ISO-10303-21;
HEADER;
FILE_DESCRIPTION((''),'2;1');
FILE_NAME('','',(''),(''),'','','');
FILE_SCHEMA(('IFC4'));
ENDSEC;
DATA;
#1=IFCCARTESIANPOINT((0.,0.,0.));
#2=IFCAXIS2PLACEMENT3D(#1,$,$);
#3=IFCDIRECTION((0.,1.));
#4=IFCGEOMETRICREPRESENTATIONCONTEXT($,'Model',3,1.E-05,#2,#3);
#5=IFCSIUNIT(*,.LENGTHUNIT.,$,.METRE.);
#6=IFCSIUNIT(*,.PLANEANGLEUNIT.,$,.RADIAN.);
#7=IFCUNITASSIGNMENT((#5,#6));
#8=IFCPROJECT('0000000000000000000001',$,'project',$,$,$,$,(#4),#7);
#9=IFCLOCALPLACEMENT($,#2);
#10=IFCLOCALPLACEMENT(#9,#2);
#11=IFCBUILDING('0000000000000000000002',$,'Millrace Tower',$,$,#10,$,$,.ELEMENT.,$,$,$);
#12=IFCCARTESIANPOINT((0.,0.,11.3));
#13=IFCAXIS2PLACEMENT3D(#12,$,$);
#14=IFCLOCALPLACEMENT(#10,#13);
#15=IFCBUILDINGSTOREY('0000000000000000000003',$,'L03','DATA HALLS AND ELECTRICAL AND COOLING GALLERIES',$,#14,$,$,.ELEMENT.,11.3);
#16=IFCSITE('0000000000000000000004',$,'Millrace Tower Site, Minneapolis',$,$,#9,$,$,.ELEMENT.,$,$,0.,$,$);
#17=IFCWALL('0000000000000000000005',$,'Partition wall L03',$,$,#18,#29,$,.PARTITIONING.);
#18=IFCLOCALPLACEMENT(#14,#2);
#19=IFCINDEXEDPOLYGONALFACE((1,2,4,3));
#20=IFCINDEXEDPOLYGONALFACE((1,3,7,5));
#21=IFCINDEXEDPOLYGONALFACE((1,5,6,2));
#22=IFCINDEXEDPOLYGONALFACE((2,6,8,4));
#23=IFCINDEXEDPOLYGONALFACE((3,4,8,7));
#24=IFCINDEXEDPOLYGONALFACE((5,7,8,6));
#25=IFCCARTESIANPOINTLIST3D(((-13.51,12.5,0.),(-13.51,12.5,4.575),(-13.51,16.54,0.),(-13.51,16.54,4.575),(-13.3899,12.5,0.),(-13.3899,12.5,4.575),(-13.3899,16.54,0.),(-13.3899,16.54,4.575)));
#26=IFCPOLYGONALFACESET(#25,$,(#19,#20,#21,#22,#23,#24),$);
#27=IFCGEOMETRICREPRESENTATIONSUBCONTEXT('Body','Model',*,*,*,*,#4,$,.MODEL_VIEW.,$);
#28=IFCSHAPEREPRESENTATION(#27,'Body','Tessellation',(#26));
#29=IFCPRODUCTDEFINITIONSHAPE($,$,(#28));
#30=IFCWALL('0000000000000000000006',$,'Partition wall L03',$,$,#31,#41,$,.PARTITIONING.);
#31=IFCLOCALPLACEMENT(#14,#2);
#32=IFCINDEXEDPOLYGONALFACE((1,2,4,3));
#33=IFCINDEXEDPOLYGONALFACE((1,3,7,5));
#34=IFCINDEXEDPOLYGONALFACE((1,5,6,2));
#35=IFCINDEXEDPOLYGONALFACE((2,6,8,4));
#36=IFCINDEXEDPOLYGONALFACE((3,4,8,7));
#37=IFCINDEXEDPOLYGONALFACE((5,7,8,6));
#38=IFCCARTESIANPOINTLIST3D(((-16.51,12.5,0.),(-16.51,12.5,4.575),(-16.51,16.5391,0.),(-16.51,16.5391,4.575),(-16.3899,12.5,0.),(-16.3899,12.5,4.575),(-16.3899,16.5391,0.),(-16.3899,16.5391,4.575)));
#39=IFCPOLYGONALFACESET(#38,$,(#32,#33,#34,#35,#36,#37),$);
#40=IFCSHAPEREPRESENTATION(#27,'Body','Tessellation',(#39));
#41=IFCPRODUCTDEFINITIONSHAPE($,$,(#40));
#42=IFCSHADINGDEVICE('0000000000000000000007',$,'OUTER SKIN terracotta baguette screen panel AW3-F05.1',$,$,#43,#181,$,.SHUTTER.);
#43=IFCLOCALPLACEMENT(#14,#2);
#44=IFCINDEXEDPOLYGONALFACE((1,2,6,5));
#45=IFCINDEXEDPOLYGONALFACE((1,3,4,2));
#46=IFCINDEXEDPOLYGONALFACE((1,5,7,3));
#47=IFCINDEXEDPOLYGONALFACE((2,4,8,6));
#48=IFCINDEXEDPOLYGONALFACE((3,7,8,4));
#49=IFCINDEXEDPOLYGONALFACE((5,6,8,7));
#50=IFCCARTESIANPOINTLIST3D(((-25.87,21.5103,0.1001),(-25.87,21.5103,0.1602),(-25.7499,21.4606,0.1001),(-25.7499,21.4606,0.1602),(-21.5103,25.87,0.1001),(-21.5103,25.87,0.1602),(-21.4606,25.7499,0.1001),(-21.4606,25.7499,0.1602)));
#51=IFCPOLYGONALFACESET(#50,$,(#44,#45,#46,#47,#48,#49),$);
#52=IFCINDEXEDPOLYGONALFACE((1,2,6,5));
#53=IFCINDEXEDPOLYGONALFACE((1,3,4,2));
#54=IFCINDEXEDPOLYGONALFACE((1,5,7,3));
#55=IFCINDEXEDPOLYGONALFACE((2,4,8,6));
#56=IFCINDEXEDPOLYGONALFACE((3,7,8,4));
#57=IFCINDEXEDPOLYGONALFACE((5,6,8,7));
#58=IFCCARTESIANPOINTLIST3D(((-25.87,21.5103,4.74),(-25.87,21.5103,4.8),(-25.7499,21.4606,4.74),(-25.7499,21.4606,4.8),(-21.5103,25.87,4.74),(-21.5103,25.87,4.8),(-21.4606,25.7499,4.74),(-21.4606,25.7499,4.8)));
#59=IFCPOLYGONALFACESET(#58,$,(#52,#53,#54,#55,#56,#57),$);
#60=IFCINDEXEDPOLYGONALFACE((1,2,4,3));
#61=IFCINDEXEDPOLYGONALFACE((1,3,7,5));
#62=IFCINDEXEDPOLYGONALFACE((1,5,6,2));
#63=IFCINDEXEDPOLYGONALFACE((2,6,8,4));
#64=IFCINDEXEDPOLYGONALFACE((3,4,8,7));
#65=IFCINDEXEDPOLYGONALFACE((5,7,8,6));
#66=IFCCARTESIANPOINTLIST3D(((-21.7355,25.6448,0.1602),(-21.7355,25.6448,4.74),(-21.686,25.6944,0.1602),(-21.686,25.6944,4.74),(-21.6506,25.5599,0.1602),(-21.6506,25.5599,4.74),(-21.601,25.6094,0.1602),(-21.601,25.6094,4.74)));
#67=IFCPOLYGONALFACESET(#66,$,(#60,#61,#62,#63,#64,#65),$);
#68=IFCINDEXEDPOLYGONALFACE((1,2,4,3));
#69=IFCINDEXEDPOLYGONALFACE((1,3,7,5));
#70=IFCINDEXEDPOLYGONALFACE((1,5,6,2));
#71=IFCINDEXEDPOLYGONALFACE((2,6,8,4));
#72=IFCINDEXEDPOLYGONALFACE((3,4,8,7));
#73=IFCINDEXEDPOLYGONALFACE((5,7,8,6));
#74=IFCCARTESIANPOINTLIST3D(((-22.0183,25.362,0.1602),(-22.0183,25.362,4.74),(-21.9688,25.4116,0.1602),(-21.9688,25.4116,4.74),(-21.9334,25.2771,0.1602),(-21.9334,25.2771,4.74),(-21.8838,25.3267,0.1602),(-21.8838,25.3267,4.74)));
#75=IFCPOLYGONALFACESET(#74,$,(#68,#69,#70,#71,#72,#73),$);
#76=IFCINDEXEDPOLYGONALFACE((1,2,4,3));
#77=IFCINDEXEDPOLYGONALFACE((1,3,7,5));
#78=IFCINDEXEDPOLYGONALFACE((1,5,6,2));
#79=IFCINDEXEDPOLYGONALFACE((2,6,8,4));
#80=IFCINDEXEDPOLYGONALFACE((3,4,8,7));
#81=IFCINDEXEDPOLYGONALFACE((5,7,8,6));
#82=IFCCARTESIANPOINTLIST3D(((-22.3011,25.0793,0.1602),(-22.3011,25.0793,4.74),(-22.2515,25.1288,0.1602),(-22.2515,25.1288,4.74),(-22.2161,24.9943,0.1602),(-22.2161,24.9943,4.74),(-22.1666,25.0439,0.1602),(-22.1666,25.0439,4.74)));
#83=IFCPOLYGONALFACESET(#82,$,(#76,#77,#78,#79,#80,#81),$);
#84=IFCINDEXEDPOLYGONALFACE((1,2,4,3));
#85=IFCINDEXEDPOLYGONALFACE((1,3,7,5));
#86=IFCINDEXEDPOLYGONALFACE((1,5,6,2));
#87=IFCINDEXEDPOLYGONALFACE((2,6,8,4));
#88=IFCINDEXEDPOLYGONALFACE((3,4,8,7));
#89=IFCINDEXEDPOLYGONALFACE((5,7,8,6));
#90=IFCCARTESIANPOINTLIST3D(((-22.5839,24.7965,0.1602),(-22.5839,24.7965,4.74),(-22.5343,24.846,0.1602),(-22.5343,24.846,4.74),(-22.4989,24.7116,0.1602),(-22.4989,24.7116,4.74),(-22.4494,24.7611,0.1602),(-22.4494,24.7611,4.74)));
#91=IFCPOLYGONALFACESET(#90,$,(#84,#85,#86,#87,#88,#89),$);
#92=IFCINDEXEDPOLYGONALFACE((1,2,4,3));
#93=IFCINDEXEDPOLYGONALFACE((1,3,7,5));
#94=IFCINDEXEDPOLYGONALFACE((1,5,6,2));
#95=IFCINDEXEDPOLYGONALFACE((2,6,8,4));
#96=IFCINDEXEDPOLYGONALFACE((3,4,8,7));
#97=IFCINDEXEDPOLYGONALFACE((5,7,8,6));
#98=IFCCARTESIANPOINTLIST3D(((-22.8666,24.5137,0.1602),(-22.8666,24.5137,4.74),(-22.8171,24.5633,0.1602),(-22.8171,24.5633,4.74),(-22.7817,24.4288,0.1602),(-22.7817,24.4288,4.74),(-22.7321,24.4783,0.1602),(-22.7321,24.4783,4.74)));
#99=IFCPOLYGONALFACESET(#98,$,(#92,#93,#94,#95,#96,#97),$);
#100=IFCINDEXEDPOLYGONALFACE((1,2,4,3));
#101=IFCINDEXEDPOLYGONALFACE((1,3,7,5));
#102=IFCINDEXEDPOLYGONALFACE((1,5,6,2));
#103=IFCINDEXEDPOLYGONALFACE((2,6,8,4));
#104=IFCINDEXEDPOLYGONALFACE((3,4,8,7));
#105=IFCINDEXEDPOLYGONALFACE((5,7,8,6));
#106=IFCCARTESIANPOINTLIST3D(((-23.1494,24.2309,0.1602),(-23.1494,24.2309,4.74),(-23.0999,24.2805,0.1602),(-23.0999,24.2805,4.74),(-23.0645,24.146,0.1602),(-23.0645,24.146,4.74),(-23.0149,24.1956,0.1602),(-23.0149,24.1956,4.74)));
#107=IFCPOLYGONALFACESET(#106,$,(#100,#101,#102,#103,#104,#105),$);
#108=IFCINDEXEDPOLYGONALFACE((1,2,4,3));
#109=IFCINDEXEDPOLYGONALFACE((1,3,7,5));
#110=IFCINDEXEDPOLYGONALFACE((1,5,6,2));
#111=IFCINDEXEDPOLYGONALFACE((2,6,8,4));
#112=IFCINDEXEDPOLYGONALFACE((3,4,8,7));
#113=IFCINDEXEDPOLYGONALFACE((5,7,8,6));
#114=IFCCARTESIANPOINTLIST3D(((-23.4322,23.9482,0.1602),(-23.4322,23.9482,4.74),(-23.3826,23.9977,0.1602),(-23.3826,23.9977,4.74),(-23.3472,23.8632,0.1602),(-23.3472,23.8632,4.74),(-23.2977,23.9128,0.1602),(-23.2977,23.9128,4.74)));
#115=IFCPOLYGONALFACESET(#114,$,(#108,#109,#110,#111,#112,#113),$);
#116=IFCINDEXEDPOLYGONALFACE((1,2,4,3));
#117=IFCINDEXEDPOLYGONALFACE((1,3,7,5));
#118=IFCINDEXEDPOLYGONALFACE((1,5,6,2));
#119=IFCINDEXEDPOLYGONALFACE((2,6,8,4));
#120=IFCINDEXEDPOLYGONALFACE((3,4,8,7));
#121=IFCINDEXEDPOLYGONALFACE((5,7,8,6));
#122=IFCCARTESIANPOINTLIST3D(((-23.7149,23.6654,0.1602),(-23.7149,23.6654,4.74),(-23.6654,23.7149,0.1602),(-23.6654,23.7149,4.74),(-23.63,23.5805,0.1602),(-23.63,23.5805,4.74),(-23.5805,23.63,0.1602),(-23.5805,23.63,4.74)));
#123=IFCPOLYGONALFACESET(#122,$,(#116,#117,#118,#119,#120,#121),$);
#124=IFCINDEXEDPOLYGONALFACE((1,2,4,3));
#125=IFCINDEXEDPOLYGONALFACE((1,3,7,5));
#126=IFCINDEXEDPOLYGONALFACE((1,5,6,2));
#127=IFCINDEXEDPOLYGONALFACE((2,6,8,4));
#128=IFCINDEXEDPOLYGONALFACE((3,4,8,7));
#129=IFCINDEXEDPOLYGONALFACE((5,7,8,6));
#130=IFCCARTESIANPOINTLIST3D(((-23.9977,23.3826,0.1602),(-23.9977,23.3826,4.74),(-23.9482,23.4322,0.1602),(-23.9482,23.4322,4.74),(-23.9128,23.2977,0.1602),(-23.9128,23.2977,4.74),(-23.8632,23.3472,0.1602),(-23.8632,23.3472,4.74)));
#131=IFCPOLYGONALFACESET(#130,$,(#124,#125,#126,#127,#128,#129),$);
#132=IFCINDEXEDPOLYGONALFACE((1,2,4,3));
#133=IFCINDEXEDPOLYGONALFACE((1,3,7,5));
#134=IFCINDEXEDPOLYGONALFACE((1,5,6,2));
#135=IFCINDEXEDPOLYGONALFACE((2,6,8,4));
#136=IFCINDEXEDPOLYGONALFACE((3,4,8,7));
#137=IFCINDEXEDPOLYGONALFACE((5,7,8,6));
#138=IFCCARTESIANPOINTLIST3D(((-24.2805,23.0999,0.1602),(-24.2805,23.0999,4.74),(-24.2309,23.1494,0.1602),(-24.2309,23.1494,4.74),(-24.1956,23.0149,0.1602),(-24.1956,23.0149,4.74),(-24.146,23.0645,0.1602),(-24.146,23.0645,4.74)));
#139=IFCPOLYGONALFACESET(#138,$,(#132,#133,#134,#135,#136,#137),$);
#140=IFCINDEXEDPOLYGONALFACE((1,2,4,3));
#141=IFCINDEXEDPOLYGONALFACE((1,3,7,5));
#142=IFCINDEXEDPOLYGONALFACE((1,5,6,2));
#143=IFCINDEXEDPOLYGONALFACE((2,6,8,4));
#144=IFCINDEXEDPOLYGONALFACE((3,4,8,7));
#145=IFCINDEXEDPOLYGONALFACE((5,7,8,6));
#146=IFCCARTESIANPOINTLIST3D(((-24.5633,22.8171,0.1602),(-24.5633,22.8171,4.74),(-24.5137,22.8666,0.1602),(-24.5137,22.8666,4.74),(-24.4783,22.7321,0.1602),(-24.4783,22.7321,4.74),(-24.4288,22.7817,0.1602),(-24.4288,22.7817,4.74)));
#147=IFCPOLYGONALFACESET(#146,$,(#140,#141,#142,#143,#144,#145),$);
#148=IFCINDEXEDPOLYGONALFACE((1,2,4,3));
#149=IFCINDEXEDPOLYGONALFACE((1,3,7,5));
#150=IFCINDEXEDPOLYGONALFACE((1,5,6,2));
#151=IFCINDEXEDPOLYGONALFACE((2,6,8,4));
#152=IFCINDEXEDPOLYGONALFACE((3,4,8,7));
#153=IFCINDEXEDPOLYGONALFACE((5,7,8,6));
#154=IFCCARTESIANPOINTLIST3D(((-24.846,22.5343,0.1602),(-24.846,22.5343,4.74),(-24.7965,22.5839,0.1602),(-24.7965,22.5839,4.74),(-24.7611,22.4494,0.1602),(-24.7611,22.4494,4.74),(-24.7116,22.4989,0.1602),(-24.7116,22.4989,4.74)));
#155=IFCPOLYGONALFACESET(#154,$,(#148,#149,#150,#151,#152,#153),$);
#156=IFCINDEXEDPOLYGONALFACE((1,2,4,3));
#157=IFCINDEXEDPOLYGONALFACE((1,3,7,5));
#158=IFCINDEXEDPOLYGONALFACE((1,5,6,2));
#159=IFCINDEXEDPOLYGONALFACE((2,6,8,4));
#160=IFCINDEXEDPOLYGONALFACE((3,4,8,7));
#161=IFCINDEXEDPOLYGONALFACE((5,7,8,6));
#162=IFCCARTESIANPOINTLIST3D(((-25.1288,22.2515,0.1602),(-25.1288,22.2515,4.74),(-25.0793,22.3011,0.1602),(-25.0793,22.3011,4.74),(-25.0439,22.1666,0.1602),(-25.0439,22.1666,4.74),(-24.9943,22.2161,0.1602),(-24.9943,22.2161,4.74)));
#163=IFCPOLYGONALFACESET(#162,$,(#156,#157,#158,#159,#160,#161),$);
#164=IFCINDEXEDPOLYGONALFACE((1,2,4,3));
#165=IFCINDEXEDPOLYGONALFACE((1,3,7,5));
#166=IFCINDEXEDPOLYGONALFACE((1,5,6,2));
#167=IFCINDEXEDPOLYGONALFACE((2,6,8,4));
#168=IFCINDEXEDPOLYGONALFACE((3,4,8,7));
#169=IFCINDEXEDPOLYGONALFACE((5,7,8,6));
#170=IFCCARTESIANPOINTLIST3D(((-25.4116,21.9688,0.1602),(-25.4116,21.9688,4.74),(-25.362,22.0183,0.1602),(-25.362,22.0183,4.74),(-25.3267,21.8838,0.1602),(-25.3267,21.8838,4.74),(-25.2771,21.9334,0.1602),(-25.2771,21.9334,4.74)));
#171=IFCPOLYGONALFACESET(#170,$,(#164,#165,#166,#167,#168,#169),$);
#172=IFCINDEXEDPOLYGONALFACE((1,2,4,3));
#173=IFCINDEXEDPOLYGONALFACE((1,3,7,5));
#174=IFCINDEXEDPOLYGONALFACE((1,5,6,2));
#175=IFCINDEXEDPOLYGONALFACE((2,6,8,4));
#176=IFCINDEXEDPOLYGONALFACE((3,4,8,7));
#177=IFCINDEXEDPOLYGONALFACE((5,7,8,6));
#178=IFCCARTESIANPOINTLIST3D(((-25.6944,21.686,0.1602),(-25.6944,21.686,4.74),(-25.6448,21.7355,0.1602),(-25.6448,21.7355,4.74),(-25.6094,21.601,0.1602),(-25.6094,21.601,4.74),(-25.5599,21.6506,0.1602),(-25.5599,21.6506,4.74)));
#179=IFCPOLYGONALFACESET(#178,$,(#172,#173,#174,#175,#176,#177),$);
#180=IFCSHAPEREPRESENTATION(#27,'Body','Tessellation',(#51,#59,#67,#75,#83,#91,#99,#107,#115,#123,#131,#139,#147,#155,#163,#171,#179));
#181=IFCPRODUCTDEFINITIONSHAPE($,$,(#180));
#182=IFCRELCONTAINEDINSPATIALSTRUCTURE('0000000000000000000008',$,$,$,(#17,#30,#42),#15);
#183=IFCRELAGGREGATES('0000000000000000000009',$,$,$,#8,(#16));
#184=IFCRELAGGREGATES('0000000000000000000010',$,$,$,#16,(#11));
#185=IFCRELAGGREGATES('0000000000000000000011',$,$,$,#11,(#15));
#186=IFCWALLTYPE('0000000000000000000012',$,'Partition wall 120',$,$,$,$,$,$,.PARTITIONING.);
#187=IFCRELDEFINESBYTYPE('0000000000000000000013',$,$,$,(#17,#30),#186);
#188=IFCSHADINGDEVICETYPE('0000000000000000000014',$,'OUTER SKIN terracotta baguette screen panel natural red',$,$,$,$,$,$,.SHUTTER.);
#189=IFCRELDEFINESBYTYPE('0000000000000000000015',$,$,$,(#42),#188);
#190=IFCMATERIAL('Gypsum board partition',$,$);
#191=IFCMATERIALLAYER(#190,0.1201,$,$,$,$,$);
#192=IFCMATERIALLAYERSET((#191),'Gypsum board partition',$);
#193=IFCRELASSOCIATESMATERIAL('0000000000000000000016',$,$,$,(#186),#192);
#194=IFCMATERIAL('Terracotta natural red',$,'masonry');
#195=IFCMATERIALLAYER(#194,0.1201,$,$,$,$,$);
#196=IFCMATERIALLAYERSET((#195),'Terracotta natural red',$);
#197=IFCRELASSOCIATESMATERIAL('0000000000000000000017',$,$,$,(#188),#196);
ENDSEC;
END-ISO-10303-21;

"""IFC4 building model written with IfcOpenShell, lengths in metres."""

from ifc_helpers import new_model, entity, si_unit, direction, frame, frame_2d, origin, origin_2d, place, context, subcontext, project, spatial, rectangle, extrude, source, transform, mapped, material, layer, layer_set, type_object, element, save


model = new_model("IFC4")

# Units and contexts
model_context = context("Model", 3, precision=1e-05, world=origin(), true_north=direction((0.0, 1.0)))
body_context = subcontext(model_context, "Body", "Model", "MODEL_VIEW")
ifc_project = project(units=[si_unit("LENGTHUNIT", "METRE"), si_unit("PLANEANGLEUNIT", "RADIAN")], contexts=[model_context])

# Site, building, storey
site_placement = place(None, origin())
site = spatial("IfcSite", under=ifc_project, at=site_placement, Name="Millrace Tower Site, Minneapolis", CompositionType="ELEMENT", RefElevation=0.0)
building_placement = place(site_placement, origin())
building = spatial("IfcBuilding", under=site, at=building_placement, Name="Millrace Tower", CompositionType="ELEMENT")
storey_placement = place(building_placement, frame((0.0, 0.0, 11.3)))
storey = spatial("IfcBuildingStorey", under=building, at=storey_placement, Name="L03", Description="DATA HALLS AND ELECTRICAL AND COOLING GALLERIES", CompositionType="ELEMENT", Elevation=11.3)

# Walls
ifc_material_1 = material(Name="Gypsum board partition")
ifc_layer_1 = layer(ifc_material_1, 0.1201)
ifc_layer_set_1 = layer_set([ifc_layer_1], Name="Gypsum board partition")
wall_type = type_object("IfcWallType", Name="Partition wall 120", PredefinedType="PARTITIONING", material=ifc_layer_set_1)
for number, where, z_axis, x_axis, name in (
    (1, (-13.45, 12.5, 0.0), (0.0, 0.0, 1.0), (0.0, 1.0, 0.0), "Partition wall L03"),
):
    element("IfcWall", number, at=place(storey_placement, frame(where, z_axis=z_axis, x_axis=x_axis)), inside=storey, type_object=wall_type, Name=name, PredefinedType="PARTITIONING", context=body_context, shape_type="SweptSolid", body=[
        extrude(rectangle(XDim=4.04, YDim=0.1201, at=frame_2d((2.02, 0.0))), origin(), (0.0, 0.0, 1.0), 4.575),
    ])
wall_1_placement = place(storey_placement, frame((-16.45, 12.5, 0.0), z_axis=(0.0, 0.0, 1.0), x_axis=(0.0, 1.0, 0.0)))
element("IfcWall", 2, at=wall_1_placement, inside=storey, type_object=wall_type, Name="Partition wall L03", PredefinedType="PARTITIONING", context=body_context, shape_type="SweptSolid", body=[
    extrude(rectangle(XDim=4.0391, YDim=0.1201, at=frame_2d((2.0195, 0.0))), origin(), (0.0, 0.0, 1.0), 4.575),
])

# Shading device
ifc_material_2 = material(Name="Terracotta natural red", Category="masonry")
ifc_layer_2 = layer(ifc_material_2, 0.1201)
ifc_layer_set_2 = layer_set([ifc_layer_2], Name="Terracotta natural red")
shading_device_type_1 = type_object("IfcShadingDeviceType", Name="OUTER SKIN terracotta baguette screen panel natural red", PredefinedType="SHUTTER", material=ifc_layer_set_2)
cartesian_point_1 = entity("IfcCartesianPoint", [-3.033, 0.0601])
shared_polyline_1 = entity("IfcPolyline", [cartesian_point_1, entity("IfcCartesianPoint", [3.033, 0.0601]), entity("IfcCartesianPoint", [3.0828, -0.0601]), entity("IfcCartesianPoint", [-3.0828, -0.0601]), cartesian_point_1])
shared_shape_1 = source(origin(), body_context, "Body", "SweptSolid", [
    entity("IfcExtrudedAreaSolid", entity("IfcArbitraryClosedProfileDef", "AREA", None, shared_polyline_1), entity("IfcAxis2Placement3D", entity("IfcCartesianPoint", [0.0, 0.0, 0.0])), entity("IfcDirection", [0.0, 0.0, 1.0]), 0.0601),
    entity("IfcExtrudedAreaSolid", entity("IfcArbitraryClosedProfileDef", "AREA", None, shared_polyline_1), entity("IfcAxis2Placement3D", entity("IfcCartesianPoint", [0.0, 0.0, 4.6399])), entity("IfcDirection", [0.0, 0.0, 1.0]), 0.0601),
    extrude(rectangle(XDim=0.0701, YDim=0.1201, at=frame_2d((-2.7993, 0.0))), frame((0.0, 0.0, 0.0601)), (0.0, 0.0, 1.0), 4.5798),
    extrude(rectangle(XDim=0.0701, YDim=0.1201, at=frame_2d((-2.3994, 0.0))), frame((0.0, 0.0, 0.0601)), (0.0, 0.0, 1.0), 4.5798),
    extrude(rectangle(XDim=0.0701, YDim=0.1201, at=frame_2d((-1.9995, 0.0))), frame((0.0, 0.0, 0.0601)), (0.0, 0.0, 1.0), 4.5798),
    extrude(rectangle(XDim=0.0701, YDim=0.1201, at=frame_2d((-1.5996, 0.0))), frame((0.0, 0.0, 0.0601)), (0.0, 0.0, 1.0), 4.5798),
    extrude(rectangle(XDim=0.0701, YDim=0.1201, at=frame_2d((-1.1997, 0.0))), frame((0.0, 0.0, 0.0601)), (0.0, 0.0, 1.0), 4.5798),
    extrude(rectangle(XDim=0.0701, YDim=0.1201, at=frame_2d((-0.7998, 0.0))), frame((0.0, 0.0, 0.0601)), (0.0, 0.0, 1.0), 4.5798),
    extrude(rectangle(XDim=0.0701, YDim=0.1201, at=frame_2d((-0.3999, 0.0))), frame((0.0, 0.0, 0.0601)), (0.0, 0.0, 1.0), 4.5798),
    extrude(rectangle(XDim=0.0701, YDim=0.1201, at=origin_2d()), frame((0.0, 0.0, 0.0601)), (0.0, 0.0, 1.0), 4.5798),
    extrude(rectangle(XDim=0.0701, YDim=0.1201, at=frame_2d((0.3999, 0.0))), frame((0.0, 0.0, 0.0601)), (0.0, 0.0, 1.0), 4.5798),
    extrude(rectangle(XDim=0.0701, YDim=0.1201, at=frame_2d((0.7998, 0.0))), frame((0.0, 0.0, 0.0601)), (0.0, 0.0, 1.0), 4.5798),
    extrude(rectangle(XDim=0.0701, YDim=0.1201, at=frame_2d((1.1997, 0.0))), frame((0.0, 0.0, 0.0601)), (0.0, 0.0, 1.0), 4.5798),
    extrude(rectangle(XDim=0.0701, YDim=0.1201, at=frame_2d((1.5996, 0.0))), frame((0.0, 0.0, 0.0601)), (0.0, 0.0, 1.0), 4.5798),
    extrude(rectangle(XDim=0.0701, YDim=0.1201, at=frame_2d((1.9995, 0.0))), frame((0.0, 0.0, 0.0601)), (0.0, 0.0, 1.0), 4.5798),
    extrude(rectangle(XDim=0.0701, YDim=0.1201, at=frame_2d((2.3994, 0.0))), frame((0.0, 0.0, 0.0601)), (0.0, 0.0, 1.0), 4.5798),
    extrude(rectangle(XDim=0.0701, YDim=0.1201, at=frame_2d((2.7993, 0.0))), frame((0.0, 0.0, 0.0601)), (0.0, 0.0, 1.0), 4.5798),
])
shading_device_1_placement = place(storey_placement, frame((-23.6477, 23.6477, 0.1001), z_axis=(0.0, 0.0, 1.0), x_axis=(-0.707107, -0.707107, 0.0)))
element("IfcShadingDevice", 3, at=shading_device_1_placement, inside=storey, type_object=shading_device_type_1, Name="OUTER SKIN terracotta baguette screen panel AW3-F05.1", PredefinedType="SHUTTER", context=body_context, shape_type="MappedRepresentation", body=[
    mapped(shared_shape_1, transform((0.0, 0.0, 0.0), scale=1.0)),
])

save(model, "model.ifc")
